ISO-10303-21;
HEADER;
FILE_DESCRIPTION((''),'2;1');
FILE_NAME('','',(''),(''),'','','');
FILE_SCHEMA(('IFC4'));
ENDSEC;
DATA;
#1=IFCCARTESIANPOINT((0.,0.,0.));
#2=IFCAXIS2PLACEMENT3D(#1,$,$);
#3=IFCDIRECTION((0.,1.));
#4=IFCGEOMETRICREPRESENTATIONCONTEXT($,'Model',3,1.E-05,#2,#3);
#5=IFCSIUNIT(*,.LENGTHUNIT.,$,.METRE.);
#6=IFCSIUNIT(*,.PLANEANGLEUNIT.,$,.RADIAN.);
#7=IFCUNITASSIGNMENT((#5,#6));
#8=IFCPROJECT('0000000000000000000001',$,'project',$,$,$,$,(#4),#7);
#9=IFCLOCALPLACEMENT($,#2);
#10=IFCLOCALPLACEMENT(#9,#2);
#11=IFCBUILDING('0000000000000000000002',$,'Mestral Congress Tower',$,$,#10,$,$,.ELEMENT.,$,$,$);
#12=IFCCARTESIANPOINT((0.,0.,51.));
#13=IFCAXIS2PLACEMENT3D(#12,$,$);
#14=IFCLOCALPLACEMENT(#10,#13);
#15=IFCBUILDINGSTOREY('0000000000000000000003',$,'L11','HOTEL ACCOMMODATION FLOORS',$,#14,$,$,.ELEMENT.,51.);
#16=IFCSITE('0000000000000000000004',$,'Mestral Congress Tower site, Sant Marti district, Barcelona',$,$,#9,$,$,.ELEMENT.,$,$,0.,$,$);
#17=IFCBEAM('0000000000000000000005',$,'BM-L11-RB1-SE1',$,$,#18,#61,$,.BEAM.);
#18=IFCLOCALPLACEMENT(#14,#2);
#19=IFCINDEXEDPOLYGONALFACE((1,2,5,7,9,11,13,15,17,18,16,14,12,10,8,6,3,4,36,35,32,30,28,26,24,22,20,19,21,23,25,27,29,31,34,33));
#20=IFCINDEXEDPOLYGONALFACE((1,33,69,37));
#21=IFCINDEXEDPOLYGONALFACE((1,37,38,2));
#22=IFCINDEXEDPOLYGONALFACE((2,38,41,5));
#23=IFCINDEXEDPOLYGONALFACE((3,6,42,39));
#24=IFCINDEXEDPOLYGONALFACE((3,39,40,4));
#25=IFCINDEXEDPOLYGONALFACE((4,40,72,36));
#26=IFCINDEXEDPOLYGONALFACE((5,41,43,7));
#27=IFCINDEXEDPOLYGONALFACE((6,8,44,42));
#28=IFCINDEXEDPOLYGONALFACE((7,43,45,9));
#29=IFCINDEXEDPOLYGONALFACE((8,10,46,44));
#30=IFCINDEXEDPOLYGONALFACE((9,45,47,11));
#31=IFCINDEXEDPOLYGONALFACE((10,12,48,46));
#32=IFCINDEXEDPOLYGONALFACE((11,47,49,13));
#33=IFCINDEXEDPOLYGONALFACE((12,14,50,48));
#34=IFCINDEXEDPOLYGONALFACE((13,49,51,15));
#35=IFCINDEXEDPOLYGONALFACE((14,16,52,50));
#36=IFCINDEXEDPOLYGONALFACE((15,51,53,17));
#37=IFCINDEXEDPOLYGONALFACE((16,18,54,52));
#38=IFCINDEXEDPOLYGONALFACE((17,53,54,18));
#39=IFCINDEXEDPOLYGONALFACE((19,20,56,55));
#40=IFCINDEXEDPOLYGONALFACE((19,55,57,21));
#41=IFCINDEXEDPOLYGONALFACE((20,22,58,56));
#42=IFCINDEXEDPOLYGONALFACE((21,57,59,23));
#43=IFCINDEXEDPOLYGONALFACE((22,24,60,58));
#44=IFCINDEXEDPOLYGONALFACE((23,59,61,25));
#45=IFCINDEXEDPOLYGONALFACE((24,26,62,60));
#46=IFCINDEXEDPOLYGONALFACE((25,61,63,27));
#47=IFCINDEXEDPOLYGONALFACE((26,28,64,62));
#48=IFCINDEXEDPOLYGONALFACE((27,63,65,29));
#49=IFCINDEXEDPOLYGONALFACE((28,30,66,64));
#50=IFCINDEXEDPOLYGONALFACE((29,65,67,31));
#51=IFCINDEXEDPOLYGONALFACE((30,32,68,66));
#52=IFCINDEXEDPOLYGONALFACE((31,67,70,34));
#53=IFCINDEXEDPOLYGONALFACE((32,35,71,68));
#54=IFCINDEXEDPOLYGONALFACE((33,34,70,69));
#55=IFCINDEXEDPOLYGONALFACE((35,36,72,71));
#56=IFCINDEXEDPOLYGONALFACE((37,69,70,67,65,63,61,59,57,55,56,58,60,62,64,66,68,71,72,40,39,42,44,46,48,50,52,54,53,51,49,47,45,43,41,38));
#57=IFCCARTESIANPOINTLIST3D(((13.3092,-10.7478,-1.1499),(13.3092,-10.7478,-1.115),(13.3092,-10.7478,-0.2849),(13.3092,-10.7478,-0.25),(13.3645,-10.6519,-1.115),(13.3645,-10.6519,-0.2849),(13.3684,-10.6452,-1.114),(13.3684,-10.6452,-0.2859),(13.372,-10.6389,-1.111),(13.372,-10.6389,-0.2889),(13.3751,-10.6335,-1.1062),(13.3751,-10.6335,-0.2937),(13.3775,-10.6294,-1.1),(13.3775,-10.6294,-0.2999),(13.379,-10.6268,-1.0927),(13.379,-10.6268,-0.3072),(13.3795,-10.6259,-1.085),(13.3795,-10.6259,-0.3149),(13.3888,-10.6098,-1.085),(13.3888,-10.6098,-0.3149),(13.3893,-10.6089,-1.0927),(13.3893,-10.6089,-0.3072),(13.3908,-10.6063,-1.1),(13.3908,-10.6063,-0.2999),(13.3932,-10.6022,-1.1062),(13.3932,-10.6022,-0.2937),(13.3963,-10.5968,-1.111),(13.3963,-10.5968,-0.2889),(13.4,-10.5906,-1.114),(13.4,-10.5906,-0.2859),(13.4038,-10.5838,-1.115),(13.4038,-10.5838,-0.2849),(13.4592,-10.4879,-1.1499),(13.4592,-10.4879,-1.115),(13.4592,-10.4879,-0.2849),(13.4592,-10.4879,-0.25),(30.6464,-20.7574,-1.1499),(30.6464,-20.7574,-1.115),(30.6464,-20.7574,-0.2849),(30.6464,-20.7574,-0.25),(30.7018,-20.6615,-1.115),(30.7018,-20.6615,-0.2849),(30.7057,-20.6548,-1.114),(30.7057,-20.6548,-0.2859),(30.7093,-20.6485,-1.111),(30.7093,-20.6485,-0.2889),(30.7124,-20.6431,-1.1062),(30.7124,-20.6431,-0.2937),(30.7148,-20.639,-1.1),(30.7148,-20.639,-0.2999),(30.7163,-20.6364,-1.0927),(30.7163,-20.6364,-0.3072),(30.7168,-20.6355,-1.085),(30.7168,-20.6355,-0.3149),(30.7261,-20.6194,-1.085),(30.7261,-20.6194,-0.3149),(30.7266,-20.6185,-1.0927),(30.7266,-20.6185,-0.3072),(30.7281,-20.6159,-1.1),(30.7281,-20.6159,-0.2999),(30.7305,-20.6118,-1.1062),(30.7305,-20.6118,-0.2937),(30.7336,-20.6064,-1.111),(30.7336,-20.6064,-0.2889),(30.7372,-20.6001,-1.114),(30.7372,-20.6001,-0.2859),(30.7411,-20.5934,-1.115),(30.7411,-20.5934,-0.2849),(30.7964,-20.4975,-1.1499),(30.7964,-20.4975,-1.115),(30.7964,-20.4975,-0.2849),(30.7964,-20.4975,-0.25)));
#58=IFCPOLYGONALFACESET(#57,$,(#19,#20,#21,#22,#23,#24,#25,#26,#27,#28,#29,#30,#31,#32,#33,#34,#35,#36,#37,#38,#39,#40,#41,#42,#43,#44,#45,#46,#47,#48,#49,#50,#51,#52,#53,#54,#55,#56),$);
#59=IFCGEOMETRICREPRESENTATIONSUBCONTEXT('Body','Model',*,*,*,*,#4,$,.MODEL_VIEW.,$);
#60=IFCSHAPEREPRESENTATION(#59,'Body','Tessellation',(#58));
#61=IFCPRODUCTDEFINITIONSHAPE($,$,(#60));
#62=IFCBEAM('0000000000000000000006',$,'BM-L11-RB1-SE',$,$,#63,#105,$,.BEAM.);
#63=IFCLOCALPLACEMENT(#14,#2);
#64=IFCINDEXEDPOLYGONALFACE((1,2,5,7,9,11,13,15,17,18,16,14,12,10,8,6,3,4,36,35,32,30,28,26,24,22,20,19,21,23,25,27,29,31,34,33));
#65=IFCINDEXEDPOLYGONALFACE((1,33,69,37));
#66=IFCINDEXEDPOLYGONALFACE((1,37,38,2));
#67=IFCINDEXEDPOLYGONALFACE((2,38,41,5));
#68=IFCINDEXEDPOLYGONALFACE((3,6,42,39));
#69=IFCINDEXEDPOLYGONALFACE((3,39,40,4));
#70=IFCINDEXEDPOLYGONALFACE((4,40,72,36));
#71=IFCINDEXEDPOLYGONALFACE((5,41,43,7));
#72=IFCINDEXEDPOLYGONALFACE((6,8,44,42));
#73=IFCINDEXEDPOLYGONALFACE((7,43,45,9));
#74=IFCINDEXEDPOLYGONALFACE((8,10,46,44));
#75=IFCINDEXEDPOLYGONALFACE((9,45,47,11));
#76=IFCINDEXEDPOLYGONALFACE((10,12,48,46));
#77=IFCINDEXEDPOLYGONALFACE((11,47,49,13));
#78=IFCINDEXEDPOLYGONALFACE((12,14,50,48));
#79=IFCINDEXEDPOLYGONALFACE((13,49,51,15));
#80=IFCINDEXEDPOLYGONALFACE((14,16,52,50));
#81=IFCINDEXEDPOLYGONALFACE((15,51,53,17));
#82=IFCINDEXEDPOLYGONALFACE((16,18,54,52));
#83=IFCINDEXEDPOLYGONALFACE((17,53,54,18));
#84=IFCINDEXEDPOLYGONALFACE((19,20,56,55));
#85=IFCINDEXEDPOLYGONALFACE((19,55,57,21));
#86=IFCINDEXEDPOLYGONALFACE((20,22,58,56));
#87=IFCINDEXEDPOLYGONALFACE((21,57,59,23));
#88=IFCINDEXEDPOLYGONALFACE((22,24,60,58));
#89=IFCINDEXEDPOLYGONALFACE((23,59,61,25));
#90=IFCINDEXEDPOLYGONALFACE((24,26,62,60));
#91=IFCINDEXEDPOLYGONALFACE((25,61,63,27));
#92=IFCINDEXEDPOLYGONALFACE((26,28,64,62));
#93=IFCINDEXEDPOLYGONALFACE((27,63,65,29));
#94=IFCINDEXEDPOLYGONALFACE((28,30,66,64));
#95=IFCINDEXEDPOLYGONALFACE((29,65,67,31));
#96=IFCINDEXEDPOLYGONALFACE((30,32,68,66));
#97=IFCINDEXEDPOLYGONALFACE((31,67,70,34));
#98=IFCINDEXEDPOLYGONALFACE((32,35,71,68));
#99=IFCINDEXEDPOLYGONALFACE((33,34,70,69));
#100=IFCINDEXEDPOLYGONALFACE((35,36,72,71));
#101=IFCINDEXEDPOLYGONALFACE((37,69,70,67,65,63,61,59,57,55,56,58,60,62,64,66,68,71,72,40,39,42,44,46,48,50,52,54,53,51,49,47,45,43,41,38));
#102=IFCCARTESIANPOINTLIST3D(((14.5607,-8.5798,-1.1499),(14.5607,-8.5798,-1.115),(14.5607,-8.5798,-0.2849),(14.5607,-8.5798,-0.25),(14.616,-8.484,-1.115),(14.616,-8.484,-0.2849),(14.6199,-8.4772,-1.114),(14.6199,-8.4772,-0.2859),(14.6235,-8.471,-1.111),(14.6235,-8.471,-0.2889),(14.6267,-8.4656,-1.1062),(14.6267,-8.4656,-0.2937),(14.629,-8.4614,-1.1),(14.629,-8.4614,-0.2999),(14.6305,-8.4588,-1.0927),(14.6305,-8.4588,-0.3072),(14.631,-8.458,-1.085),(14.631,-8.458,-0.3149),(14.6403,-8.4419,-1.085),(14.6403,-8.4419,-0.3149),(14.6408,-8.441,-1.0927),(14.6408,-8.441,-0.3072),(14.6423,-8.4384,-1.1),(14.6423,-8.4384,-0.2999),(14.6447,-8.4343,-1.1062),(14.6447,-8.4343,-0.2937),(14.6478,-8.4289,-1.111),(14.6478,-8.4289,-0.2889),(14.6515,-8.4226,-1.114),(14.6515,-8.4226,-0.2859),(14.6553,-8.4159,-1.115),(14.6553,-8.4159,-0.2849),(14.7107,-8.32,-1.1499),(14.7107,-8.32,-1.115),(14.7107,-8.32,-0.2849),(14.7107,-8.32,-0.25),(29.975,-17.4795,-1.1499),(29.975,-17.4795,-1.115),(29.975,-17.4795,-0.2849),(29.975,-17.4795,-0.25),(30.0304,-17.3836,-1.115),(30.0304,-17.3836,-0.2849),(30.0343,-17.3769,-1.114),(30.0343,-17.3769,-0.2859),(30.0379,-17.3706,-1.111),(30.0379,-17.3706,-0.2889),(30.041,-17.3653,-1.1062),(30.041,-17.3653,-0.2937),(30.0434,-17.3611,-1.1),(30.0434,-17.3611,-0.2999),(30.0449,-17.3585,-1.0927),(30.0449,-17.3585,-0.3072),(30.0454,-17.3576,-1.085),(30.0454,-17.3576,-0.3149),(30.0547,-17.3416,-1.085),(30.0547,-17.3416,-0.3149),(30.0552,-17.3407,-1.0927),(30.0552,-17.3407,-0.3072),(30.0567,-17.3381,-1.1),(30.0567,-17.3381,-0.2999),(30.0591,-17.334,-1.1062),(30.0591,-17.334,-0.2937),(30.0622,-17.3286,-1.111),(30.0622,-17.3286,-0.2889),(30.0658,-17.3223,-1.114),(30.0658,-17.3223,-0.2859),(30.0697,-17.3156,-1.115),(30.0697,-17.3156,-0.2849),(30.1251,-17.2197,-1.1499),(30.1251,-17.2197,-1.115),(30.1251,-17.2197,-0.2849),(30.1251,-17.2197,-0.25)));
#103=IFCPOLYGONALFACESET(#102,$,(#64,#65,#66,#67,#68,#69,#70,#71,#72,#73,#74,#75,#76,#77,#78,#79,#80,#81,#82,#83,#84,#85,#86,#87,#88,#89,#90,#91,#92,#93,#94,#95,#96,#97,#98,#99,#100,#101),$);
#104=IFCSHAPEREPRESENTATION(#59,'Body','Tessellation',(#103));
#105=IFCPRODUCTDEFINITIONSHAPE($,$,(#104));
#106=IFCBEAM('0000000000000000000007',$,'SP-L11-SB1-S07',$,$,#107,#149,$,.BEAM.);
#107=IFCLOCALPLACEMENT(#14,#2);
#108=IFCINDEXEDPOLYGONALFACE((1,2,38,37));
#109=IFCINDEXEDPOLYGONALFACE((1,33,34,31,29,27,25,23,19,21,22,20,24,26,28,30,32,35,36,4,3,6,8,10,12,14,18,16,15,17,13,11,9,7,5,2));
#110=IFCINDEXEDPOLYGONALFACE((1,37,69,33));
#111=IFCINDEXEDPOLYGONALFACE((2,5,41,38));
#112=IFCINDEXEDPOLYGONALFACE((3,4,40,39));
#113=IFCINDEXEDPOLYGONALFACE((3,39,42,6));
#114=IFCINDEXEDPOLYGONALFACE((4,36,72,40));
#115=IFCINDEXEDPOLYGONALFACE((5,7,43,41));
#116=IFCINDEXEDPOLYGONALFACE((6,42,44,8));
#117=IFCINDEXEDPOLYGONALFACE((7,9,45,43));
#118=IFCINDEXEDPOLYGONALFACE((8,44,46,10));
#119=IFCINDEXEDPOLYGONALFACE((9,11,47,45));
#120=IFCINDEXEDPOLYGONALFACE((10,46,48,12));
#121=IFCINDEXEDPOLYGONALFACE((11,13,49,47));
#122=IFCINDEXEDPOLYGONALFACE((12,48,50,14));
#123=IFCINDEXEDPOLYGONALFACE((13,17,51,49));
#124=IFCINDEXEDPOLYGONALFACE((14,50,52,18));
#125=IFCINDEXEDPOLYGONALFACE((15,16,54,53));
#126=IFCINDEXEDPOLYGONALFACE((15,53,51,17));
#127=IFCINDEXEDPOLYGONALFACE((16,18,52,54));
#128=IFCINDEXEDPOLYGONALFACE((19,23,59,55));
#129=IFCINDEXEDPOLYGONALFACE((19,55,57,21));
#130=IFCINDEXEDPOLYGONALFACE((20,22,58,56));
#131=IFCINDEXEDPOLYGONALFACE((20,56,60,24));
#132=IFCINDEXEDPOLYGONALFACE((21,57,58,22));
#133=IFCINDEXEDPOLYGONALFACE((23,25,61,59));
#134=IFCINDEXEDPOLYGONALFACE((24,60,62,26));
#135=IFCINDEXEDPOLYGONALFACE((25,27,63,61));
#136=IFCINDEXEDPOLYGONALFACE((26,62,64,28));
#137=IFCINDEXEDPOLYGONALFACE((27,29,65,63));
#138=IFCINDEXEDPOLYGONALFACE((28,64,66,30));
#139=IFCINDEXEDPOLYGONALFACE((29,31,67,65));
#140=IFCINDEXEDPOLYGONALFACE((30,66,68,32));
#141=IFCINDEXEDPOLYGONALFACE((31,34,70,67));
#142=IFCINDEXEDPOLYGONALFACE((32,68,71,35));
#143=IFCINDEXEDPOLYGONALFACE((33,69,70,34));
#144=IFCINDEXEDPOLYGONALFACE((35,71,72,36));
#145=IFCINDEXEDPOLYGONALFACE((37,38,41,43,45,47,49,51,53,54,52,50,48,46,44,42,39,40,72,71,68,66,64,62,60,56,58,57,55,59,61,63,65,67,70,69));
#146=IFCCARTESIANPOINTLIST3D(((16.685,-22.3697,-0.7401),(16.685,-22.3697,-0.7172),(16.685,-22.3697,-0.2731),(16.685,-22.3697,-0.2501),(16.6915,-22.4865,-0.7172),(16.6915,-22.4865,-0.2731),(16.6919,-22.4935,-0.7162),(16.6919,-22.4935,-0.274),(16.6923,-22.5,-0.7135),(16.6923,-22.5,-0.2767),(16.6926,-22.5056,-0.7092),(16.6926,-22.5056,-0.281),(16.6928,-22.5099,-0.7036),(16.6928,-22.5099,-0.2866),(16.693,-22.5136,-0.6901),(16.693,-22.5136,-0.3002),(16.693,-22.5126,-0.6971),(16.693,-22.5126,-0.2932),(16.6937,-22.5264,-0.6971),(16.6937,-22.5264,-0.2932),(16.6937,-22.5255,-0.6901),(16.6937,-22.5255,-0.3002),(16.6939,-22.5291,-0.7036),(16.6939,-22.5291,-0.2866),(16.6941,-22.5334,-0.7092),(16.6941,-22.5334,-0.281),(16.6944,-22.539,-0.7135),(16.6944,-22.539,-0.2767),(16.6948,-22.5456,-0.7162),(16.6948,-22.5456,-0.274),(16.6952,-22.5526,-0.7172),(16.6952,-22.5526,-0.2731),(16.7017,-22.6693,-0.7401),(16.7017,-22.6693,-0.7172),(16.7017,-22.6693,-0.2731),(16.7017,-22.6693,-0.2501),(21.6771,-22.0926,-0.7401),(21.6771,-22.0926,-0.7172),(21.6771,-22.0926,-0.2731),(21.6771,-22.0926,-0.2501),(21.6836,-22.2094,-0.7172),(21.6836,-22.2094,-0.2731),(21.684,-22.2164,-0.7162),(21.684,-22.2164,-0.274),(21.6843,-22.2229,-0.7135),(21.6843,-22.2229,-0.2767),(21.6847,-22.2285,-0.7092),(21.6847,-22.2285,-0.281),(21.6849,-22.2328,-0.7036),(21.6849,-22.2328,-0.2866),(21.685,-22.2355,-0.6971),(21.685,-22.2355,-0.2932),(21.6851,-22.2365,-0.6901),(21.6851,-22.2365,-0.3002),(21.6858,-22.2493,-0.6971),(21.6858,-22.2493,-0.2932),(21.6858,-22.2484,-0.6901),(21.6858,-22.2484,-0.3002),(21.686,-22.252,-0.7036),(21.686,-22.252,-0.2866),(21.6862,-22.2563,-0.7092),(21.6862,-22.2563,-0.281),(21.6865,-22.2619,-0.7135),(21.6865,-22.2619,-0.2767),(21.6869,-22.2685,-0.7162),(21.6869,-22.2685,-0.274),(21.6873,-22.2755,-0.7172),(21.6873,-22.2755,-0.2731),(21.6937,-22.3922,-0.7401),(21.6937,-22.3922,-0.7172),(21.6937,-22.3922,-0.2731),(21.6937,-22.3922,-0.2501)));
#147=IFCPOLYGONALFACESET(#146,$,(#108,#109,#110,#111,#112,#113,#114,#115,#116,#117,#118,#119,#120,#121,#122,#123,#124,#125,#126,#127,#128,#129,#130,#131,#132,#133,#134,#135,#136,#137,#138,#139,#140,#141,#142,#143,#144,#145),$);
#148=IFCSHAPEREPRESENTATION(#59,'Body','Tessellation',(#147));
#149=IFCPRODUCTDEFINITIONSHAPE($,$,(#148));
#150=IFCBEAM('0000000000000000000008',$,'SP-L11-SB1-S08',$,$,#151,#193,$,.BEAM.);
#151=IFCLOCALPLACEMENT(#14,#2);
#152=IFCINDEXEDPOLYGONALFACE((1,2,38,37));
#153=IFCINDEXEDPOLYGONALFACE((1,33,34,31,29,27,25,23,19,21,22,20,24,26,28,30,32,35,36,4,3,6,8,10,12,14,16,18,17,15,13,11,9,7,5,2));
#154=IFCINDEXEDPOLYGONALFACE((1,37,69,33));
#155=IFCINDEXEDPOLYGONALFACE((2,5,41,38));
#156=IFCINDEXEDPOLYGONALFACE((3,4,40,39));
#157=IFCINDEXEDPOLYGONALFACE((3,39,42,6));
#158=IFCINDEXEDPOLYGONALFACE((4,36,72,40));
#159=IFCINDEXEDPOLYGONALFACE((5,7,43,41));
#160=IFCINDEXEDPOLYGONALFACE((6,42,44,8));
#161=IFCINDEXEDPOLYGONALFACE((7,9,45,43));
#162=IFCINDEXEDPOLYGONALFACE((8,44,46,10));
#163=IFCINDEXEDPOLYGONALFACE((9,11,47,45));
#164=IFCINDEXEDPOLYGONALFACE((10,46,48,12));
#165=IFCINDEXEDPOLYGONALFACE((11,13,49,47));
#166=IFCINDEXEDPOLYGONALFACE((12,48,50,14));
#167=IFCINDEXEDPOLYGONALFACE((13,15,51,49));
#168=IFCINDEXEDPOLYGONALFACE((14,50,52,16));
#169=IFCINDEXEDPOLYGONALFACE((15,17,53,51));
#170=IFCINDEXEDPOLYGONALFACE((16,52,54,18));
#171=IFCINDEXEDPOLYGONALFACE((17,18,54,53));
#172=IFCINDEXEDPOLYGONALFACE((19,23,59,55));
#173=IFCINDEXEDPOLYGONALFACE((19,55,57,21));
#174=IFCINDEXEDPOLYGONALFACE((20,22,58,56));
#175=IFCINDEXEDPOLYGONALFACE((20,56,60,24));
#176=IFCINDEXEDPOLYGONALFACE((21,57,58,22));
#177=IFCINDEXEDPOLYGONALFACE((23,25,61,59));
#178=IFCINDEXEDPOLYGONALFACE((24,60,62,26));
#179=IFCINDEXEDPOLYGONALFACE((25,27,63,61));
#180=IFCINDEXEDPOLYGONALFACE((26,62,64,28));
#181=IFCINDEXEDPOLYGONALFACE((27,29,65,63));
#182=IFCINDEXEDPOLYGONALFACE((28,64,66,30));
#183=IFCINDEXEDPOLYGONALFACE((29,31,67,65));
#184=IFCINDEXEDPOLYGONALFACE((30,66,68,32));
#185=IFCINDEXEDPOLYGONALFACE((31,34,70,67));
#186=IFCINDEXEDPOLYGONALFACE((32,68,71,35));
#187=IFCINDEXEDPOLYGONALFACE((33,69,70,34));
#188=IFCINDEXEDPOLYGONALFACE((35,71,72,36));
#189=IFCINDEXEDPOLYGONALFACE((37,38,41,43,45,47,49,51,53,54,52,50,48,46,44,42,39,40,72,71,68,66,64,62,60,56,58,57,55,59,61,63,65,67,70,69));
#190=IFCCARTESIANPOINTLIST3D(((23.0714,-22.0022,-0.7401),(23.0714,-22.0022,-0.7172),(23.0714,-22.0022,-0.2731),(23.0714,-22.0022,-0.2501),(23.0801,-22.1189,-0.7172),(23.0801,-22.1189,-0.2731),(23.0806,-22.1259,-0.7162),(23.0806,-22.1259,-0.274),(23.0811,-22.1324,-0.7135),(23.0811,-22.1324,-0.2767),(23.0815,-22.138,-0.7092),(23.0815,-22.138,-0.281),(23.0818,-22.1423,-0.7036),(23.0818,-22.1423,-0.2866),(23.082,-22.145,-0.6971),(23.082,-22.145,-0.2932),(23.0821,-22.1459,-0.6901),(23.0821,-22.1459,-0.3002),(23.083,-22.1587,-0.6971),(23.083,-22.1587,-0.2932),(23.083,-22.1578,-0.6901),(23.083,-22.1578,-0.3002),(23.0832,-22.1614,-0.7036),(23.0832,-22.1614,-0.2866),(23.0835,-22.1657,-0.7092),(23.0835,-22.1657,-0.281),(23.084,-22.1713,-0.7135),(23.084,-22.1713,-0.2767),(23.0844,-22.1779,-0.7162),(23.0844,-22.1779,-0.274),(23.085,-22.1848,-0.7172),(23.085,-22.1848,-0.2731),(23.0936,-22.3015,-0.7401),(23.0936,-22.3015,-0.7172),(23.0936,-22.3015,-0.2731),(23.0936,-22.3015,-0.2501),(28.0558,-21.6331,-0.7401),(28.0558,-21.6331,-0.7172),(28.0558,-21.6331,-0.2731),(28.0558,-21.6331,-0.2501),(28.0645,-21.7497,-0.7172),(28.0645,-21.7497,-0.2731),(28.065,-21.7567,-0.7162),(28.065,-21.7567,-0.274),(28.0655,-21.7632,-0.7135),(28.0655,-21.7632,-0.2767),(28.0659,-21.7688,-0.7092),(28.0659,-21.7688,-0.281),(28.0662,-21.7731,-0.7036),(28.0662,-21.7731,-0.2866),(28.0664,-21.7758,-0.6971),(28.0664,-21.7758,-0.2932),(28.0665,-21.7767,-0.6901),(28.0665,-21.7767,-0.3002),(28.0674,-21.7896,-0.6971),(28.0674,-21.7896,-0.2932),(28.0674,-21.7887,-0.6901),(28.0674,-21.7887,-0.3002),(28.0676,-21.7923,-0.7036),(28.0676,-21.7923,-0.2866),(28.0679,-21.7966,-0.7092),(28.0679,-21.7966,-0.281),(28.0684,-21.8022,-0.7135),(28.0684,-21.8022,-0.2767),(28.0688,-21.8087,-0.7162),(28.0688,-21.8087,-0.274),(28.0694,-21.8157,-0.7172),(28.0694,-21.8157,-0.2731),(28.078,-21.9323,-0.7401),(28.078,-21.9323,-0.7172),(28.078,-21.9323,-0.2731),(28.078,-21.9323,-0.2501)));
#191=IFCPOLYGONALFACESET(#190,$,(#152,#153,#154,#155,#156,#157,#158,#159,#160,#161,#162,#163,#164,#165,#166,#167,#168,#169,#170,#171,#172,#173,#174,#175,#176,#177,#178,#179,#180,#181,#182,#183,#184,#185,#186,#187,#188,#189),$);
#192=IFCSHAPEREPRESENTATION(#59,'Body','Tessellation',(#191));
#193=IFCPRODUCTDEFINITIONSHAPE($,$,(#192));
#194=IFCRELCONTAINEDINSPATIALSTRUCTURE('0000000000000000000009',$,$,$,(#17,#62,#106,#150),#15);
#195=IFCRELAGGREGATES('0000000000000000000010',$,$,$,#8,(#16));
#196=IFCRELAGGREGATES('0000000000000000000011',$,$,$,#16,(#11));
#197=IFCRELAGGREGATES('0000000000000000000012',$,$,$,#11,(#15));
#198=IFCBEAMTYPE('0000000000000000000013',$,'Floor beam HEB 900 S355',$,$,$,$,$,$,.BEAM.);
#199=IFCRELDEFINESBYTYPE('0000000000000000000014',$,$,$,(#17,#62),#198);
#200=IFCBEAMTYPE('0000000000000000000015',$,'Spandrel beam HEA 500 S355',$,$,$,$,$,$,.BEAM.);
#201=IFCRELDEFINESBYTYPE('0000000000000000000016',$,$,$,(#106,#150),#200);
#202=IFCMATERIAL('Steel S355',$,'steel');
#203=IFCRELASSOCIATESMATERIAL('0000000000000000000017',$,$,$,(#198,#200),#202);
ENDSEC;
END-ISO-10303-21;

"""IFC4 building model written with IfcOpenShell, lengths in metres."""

from ifc_helpers import new_model, si_unit, direction, frame, origin, origin_2d, place, context, subcontext, project, spatial, i_section, extrude, material, material_profile, profile_set, type_object, element, save


model = new_model("IFC4")

# Units and contexts
model_context = context("Model", 3, precision=1e-05, world=origin(), true_north=direction((0.0, 1.0)))
body_context = subcontext(model_context, "Body", "Model", "MODEL_VIEW")
ifc_project = project(units=[si_unit("LENGTHUNIT", "METRE"), si_unit("PLANEANGLEUNIT", "RADIAN")], contexts=[model_context])

# Site, building, storey
site_placement = place(None, origin())
site = spatial("IfcSite", under=ifc_project, at=site_placement, Name="Mestral Congress Tower site, Sant Marti district, Barcelona", CompositionType="ELEMENT", RefElevation=0.0)
building_placement = place(site_placement, origin())
building = spatial("IfcBuilding", under=site, at=building_placement, Name="Mestral Congress Tower", CompositionType="ELEMENT")
storey_placement = place(building_placement, frame((0.0, 0.0, 51.0)))
storey = spatial("IfcBuildingStorey", under=building, at=storey_placement, Name="L11", Description="HOTEL ACCOMMODATION FLOORS", CompositionType="ELEMENT", Elevation=51.0)

# Beams
ifc_material_1 = material(Name="Steel S355", Category="steel")
ifc_material_profile_1 = material_profile(ifc_material_1, i_section(OverallWidth=0.3, OverallDepth=0.8999, WebThickness=0.0186, FlangeThickness=0.0349, FilletRadius=0.03, at=origin_2d()), Name="HEB 900")
ifc_profile_set_1 = profile_set([ifc_material_profile_1], Name="Steel S355")
beam_type_1 = type_object("IfcBeamType", Name="Floor beam HEB 900 S355", PredefinedType="BEAM", material=ifc_profile_set_1)
beam_1_placement = place(storey_placement, frame((30.7214, -20.6274, -0.7), z_axis=(-0.866027, 0.499997, 0.0), x_axis=(-0.499997, -0.866027, 0.0)))
element("IfcBeam", 1, at=beam_1_placement, inside=storey, type_object=beam_type_1, Name="BM-L11-RB1-SE1", PredefinedType="BEAM", context=body_context, shape_type="SweptSolid", body=[
    extrude(i_section(OverallWidth=0.3, OverallDepth=0.8999, WebThickness=0.0186, FlangeThickness=0.0349, FilletRadius=0.03, at=origin_2d()), origin(), (0.0, 0.0, 1.0), 20.0193),
])
beam_2_placement = place(storey_placement, frame((30.05, -17.3496, -0.7), z_axis=(-0.86602, 0.500009, 0.0), x_axis=(-0.500009, -0.86602, 0.0)))
element("IfcBeam", 2, at=beam_2_placement, inside=storey, type_object=beam_type_1, Name="BM-L11-RB1-SE", PredefinedType="BEAM", context=body_context, shape_type="SweptSolid", body=[
    extrude(i_section(OverallWidth=0.3, OverallDepth=0.8999, WebThickness=0.0186, FlangeThickness=0.0349, FilletRadius=0.03, at=origin_2d()), origin(), (0.0, 0.0, 1.0), 17.7991),
])
ifc_material_profile_2 = material_profile(ifc_material_1, i_section(OverallWidth=0.3, OverallDepth=0.49, WebThickness=0.012, FlangeThickness=0.0229, FilletRadius=0.0271, at=origin_2d()), Name="HEA 500")
ifc_profile_set_2 = profile_set([ifc_material_profile_2], Name="Steel S355")
beam_type_2 = type_object("IfcBeamType", Name="Spandrel beam HEA 500 S355", PredefinedType="BEAM", material=ifc_profile_set_2)
beam_3_placement = place(storey_placement, frame((16.6934, -22.5195, -0.4951), z_axis=(0.998463, 0.055421, 0.0), x_axis=(-0.055421, 0.998463, 0.0)))
element("IfcBeam", 3, at=beam_3_placement, inside=storey, type_object=beam_type_2, Name="SP-L11-SB1-S07", PredefinedType="BEAM", context=body_context, shape_type="SweptSolid", body=[
    extrude(i_section(OverallWidth=0.3, OverallDepth=0.49, WebThickness=0.012, FlangeThickness=0.0229, FilletRadius=0.0271, at=origin_2d()), origin(), (0.0, 0.0, 1.0), 4.9998),
])
beam_4_placement = place(storey_placement, frame((23.0825, -22.1519, -0.4951), z_axis=(0.997269, 0.073857, 0.0), x_axis=(-0.073857, 0.997269, 0.0)))
element("IfcBeam", 4, at=beam_4_placement, inside=storey, type_object=beam_type_2, Name="SP-L11-SB1-S08", PredefinedType="BEAM", context=body_context, shape_type="SweptSolid", body=[
    extrude(i_section(OverallWidth=0.3, OverallDepth=0.49, WebThickness=0.012, FlangeThickness=0.0229, FilletRadius=0.0271, at=origin_2d()), origin(), (0.0, 0.0, 1.0), 4.998),
])

save(model, "model.ifc")
